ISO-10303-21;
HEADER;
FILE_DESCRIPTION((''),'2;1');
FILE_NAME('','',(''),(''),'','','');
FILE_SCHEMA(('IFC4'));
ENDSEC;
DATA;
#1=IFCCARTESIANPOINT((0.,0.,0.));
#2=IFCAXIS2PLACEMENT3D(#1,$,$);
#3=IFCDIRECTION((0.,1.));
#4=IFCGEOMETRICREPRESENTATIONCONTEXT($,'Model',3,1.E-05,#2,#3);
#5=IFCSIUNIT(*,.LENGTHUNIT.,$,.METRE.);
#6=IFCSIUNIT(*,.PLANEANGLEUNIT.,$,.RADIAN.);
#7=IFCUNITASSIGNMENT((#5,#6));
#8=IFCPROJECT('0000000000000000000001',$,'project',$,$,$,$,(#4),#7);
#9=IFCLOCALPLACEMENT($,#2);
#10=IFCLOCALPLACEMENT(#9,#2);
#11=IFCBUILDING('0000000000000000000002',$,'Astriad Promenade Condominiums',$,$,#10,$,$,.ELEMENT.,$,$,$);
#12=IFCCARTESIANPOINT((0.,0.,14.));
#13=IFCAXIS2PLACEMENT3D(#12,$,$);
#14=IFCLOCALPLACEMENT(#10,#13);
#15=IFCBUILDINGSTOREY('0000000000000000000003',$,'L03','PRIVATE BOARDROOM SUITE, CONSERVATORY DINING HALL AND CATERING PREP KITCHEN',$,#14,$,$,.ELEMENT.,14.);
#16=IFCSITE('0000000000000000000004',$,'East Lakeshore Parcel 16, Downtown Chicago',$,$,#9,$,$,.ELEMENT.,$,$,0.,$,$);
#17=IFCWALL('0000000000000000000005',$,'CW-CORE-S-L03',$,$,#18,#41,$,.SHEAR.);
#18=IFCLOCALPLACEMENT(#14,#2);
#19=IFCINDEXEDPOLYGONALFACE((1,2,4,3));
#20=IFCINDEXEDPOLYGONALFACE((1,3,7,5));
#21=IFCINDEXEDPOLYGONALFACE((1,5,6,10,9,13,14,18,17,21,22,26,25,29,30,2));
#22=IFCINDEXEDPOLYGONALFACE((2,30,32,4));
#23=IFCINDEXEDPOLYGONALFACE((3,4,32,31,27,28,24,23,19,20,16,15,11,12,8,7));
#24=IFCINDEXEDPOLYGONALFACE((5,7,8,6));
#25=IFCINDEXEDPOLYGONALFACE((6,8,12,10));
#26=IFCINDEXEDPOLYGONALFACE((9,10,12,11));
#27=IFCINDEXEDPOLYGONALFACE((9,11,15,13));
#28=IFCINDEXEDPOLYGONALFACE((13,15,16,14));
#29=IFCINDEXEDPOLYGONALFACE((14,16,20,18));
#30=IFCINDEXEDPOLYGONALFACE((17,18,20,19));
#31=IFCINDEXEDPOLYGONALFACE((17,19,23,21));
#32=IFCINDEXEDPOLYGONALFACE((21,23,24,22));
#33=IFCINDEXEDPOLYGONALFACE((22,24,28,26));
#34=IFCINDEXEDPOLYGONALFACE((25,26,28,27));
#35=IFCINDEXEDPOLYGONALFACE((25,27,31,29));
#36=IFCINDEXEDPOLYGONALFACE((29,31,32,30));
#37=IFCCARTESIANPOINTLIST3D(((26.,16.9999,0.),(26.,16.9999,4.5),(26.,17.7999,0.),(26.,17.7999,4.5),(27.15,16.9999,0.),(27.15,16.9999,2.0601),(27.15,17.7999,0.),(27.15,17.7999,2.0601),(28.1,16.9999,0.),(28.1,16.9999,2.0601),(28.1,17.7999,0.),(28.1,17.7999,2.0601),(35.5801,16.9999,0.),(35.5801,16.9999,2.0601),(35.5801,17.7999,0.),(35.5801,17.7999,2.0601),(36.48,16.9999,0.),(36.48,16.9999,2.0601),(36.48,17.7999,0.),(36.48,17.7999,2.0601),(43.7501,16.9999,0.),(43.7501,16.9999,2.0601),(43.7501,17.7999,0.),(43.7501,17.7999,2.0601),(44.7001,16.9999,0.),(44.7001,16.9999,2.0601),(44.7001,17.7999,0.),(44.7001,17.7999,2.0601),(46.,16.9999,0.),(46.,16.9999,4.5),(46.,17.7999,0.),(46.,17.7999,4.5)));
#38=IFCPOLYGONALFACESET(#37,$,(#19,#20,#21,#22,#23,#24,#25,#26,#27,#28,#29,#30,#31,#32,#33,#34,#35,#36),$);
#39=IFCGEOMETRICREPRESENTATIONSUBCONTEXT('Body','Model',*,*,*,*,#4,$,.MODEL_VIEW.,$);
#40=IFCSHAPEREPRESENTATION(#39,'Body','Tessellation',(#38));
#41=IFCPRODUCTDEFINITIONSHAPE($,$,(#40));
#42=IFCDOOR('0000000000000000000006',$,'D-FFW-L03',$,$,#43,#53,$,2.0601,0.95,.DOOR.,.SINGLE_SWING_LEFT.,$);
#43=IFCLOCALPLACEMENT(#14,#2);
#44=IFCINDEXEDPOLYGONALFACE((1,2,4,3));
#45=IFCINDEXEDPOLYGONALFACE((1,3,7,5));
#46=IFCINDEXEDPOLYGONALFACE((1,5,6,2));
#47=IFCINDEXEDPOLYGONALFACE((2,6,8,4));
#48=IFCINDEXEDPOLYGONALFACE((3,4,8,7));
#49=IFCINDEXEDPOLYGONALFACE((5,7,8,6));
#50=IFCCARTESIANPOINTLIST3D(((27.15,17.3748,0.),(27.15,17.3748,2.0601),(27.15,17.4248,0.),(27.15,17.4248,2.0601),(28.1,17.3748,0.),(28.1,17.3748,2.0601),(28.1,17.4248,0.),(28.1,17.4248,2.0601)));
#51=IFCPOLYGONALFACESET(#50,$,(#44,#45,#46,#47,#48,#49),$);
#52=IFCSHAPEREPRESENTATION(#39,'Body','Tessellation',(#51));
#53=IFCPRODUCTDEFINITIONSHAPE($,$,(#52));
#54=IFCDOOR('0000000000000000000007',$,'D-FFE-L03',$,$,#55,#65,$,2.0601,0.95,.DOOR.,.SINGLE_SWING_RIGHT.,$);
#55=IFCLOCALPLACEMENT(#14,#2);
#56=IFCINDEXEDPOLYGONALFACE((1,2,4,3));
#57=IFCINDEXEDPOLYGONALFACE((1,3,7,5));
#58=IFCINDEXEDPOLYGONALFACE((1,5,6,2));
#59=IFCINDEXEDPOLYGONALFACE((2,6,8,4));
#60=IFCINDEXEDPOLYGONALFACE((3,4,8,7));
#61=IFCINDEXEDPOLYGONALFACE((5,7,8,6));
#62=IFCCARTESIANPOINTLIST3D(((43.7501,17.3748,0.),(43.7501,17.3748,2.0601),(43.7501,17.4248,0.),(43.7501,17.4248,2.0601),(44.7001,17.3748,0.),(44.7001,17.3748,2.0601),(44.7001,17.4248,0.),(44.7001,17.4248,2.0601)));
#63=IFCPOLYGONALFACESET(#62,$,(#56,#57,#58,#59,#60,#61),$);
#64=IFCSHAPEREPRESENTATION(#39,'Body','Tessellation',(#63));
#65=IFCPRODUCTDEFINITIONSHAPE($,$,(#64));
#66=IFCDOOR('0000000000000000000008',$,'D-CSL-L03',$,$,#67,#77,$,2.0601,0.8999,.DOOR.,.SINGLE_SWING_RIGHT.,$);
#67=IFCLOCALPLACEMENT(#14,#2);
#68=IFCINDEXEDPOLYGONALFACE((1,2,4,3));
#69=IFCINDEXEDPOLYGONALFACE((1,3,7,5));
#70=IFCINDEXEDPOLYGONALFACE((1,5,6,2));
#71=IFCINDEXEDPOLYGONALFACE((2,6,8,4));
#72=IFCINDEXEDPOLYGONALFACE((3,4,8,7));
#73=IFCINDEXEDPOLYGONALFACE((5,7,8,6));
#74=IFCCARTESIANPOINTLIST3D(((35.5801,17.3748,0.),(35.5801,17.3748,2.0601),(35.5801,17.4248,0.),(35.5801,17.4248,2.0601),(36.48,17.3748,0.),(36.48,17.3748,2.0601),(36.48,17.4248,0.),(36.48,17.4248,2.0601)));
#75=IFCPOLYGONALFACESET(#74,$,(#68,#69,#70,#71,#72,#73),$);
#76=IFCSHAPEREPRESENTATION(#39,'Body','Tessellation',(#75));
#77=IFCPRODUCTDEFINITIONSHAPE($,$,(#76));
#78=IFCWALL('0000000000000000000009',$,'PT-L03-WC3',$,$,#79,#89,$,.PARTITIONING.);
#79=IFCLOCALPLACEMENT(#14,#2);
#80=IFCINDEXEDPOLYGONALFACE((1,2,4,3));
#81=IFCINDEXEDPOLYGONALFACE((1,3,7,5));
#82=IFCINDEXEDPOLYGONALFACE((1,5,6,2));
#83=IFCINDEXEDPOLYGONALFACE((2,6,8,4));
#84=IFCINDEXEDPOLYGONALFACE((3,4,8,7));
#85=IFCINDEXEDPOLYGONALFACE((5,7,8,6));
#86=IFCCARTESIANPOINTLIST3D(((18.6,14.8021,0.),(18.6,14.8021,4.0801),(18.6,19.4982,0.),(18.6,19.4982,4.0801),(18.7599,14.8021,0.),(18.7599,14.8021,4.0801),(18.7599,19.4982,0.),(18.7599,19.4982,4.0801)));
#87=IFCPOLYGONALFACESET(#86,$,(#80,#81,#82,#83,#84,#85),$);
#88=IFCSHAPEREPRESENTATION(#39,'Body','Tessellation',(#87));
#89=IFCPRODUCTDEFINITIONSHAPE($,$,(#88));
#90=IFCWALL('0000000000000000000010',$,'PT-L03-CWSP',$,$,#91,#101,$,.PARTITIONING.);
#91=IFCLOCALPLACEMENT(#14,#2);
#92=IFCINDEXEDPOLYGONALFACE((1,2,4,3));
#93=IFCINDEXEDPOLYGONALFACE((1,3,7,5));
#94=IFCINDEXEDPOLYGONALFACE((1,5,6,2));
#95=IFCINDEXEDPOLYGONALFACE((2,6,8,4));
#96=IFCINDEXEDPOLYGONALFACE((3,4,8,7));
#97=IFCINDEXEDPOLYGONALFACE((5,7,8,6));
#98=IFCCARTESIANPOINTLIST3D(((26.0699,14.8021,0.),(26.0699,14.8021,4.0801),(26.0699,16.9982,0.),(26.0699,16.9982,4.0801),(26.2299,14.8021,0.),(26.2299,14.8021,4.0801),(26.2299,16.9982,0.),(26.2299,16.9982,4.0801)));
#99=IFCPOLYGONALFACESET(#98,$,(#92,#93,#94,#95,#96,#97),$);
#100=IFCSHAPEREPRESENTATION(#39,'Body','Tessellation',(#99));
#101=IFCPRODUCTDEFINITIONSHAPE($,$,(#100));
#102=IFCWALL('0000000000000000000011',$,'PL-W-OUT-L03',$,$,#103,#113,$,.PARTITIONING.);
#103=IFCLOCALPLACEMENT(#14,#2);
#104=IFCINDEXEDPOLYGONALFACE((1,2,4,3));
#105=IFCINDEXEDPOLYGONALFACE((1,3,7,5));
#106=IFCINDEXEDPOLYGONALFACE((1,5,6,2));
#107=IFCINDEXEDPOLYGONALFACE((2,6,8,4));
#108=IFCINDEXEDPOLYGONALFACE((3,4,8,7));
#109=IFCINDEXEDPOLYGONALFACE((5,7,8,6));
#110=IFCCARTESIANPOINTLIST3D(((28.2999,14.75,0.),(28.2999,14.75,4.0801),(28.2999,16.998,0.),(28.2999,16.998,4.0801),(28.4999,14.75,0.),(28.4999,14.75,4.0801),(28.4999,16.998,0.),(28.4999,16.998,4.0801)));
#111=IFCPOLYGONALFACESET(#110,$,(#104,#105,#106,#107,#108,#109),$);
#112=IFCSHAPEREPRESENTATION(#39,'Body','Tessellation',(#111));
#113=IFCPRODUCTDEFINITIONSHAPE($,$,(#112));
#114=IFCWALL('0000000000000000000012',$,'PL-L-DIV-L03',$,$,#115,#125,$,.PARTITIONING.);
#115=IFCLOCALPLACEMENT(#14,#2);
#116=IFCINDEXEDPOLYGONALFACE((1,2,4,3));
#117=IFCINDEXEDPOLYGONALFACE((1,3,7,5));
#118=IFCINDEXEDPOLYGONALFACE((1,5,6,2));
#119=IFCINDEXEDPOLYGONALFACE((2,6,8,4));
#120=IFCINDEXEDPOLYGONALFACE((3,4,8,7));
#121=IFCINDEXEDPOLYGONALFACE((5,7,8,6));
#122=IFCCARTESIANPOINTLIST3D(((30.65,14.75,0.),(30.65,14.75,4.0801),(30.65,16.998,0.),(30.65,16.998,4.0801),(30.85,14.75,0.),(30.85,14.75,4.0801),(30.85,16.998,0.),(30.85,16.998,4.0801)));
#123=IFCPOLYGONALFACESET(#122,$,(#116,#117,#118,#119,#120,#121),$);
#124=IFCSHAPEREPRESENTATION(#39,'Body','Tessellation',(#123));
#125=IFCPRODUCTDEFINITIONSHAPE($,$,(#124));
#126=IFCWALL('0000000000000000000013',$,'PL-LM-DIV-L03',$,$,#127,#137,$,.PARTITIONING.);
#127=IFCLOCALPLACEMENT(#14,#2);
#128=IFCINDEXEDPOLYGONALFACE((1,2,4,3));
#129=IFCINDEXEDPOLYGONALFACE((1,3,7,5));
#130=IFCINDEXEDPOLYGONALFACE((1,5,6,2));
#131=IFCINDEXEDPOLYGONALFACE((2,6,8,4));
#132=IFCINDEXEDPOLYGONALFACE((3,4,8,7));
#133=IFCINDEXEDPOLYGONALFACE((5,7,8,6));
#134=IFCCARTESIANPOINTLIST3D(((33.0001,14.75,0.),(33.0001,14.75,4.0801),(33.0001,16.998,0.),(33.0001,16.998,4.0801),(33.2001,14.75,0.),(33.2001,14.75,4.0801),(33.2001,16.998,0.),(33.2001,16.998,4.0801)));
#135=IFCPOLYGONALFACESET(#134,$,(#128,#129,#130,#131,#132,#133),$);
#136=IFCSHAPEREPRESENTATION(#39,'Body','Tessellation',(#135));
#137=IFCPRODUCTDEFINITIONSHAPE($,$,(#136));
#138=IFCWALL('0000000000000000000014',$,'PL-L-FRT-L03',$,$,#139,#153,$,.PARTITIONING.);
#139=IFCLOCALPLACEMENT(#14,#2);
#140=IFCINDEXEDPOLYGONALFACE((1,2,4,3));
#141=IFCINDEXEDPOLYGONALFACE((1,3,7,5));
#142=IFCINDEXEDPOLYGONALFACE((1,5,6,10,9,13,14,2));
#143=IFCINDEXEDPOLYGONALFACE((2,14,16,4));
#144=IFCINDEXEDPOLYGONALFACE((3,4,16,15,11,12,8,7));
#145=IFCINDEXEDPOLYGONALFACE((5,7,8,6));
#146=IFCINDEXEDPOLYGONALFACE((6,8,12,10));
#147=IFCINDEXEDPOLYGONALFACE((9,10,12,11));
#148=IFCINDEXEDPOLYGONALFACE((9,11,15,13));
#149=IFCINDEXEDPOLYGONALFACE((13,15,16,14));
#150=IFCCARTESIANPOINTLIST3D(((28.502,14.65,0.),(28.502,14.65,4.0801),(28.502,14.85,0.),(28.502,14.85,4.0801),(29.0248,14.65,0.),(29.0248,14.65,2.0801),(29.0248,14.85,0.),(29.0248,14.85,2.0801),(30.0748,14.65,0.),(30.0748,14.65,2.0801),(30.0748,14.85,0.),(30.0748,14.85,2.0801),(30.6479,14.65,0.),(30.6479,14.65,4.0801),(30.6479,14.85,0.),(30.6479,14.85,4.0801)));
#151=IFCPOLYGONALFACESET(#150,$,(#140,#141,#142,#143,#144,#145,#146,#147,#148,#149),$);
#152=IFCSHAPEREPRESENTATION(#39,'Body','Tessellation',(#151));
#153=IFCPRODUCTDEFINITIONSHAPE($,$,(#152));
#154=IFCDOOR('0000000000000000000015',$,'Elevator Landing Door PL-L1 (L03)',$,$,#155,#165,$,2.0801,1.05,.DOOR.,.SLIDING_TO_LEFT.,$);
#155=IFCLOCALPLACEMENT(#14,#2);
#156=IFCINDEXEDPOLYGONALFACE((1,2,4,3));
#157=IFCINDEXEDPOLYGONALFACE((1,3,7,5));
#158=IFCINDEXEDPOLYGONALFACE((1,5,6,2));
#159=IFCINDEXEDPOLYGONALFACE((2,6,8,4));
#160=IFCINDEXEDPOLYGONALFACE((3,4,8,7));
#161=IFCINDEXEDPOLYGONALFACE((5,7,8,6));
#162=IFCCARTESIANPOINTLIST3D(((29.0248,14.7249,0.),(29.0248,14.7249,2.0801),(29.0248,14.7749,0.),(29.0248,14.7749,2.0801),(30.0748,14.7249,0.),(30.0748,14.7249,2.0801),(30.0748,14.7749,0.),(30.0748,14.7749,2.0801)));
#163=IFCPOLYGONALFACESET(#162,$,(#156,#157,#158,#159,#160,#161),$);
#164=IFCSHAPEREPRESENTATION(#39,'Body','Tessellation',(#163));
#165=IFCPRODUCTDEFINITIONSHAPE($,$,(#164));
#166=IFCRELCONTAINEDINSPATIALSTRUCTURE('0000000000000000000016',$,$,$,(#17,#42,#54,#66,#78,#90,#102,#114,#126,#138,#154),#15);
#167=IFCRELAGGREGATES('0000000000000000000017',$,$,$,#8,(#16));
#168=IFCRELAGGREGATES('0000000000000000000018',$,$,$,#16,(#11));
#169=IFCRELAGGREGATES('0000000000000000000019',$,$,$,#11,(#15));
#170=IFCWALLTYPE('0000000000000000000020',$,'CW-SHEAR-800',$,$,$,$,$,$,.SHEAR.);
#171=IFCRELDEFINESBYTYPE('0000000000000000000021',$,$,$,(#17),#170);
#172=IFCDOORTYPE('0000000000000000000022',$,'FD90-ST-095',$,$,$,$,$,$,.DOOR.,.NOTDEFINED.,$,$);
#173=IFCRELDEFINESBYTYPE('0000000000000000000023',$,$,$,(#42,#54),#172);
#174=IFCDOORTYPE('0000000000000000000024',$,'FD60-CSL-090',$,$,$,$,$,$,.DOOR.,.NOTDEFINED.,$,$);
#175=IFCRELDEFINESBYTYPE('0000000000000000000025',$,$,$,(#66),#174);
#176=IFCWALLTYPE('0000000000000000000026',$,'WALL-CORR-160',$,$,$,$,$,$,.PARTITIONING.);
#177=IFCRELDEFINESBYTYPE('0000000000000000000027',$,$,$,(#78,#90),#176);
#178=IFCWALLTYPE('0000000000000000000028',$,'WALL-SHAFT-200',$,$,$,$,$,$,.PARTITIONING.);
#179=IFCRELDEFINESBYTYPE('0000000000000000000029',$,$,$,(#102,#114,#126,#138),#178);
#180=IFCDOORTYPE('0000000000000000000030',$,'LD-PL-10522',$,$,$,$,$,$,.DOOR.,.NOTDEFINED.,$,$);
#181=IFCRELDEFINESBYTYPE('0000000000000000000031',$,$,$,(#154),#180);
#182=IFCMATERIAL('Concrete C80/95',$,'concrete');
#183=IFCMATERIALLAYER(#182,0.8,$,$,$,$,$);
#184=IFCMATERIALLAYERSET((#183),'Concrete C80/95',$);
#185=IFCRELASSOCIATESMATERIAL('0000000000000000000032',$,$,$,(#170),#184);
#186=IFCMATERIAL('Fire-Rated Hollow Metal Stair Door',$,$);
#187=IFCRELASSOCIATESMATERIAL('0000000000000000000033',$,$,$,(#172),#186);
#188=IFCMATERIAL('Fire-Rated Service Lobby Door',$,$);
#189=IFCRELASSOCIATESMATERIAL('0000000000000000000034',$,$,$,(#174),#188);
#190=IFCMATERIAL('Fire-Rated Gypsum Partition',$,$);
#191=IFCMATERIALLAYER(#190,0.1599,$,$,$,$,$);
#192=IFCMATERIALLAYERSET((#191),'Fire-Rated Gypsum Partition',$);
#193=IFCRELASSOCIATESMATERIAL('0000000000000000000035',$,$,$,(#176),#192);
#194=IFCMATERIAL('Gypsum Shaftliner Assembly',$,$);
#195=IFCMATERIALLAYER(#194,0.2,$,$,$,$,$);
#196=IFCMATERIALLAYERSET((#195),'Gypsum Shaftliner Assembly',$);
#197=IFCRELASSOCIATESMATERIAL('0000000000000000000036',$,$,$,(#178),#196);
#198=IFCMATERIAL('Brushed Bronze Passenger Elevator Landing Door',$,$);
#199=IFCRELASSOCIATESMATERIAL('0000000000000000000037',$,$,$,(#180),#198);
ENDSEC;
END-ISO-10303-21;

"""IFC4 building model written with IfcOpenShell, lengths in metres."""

from ifc_helpers import new_model, si_unit, direction, frame, frame_2d, origin, place, context, subcontext, project, spatial, rectangle, extrude, source, transform, mapped, material, layer, layer_set, type_object, type_shapes, element, fill, save


model = new_model("IFC4")

# Units and contexts
model_context = context("Model", 3, precision=1e-05, world=origin(), true_north=direction((0.0, 1.0)))
body_context = subcontext(model_context, "Body", "Model", "MODEL_VIEW")
ifc_project = project(units=[si_unit("LENGTHUNIT", "METRE"), si_unit("PLANEANGLEUNIT", "RADIAN")], contexts=[model_context])

# Site, building, storey
site_placement = place(None, origin())
site = spatial("IfcSite", under=ifc_project, at=site_placement, Name="East Lakeshore Parcel 16, Downtown Chicago", CompositionType="ELEMENT", RefElevation=0.0)
building_placement = place(site_placement, origin())
building = spatial("IfcBuilding", under=site, at=building_placement, Name="Astriad Promenade Condominiums", CompositionType="ELEMENT")
storey_placement = place(building_placement, frame((0.0, 0.0, 14.0)))
storey = spatial("IfcBuildingStorey", under=building, at=storey_placement, Name="L03", Description="PRIVATE BOARDROOM SUITE, CONSERVATORY DINING HALL AND CATERING PREP KITCHEN", CompositionType="ELEMENT", Elevation=14.0)

# Wall, openings, doors
ifc_material_1 = material(Name="Concrete C80/95", Category="concrete")
ifc_layer_1 = layer(ifc_material_1, 0.8)
ifc_layer_set_1 = layer_set([ifc_layer_1], Name="Concrete C80/95")
wall_type_1 = type_object("IfcWallType", Name="CW-SHEAR-800", PredefinedType="SHEAR", material=ifc_layer_set_1)
wall_1_placement = place(storey_placement, frame((26.0, 17.3999, 0.0), z_axis=(0.0, 0.0, 1.0), x_axis=(1.0, 0.0, 0.0)))
wall_1 = element("IfcWall", 1, at=wall_1_placement, inside=storey, type_object=wall_type_1, Name="CW-CORE-S-L03", PredefinedType="SHEAR", context=body_context, shape_type="SweptSolid", body=[
    extrude(rectangle(XDim=20.0, YDim=0.8, at=frame_2d((10.0, 0.0))), origin(), (0.0, 0.0, 1.0), 4.5),
])
opening_1_placement = place(wall_1_placement, frame((1.1499, 0.0, 0.0)))
opening_1 = element("IfcOpeningElement", 2, at=opening_1_placement, cuts=wall_1, PredefinedType="OPENING", context=body_context, shape_type="SweptSolid", body=[
    extrude(rectangle(XDim=0.95, YDim=2.0601, at=frame_2d((0.4751, 1.03))), frame((0.0, 0.4099, 0.0), z_axis=(0.0, -1.0, 0.0), x_axis=(1.0, 0.0, 0.0)), (0.0, 0.0, 1.0), 0.8201),
])
opening_2_placement = place(wall_1_placement, frame((9.5801, 0.0, 0.0)))
opening_2 = element("IfcOpeningElement", 3, at=opening_2_placement, cuts=wall_1, PredefinedType="OPENING", context=body_context, shape_type="SweptSolid", body=[
    extrude(rectangle(XDim=0.8999, YDim=2.0601, at=frame_2d((0.45, 1.03))), frame((0.0, 0.4099, 0.0), z_axis=(0.0, -1.0, 0.0), x_axis=(1.0, 0.0, 0.0)), (0.0, 0.0, 1.0), 0.8201),
])
opening_3_placement = place(wall_1_placement, frame((17.75, 0.0, 0.0)))
opening_3 = element("IfcOpeningElement", 4, at=opening_3_placement, cuts=wall_1, PredefinedType="OPENING", context=body_context, shape_type="SweptSolid", body=[
    extrude(rectangle(XDim=0.95, YDim=2.0601, at=frame_2d((0.4751, 1.03))), frame((0.0, 0.4099, 0.0), z_axis=(0.0, -1.0, 0.0), x_axis=(1.0, 0.0, 0.0)), (0.0, 0.0, 1.0), 0.8201),
])
ifc_material_2 = material(Name="Fire-Rated Hollow Metal Stair Door")
door_type_1 = type_object("IfcDoorType", Name="FD90-ST-095", OperationType="NOTDEFINED", PredefinedType="DOOR", material=ifc_material_2)
shared_shape_1 = source(origin(), body_context, "Body", "SweptSolid", [
    extrude(rectangle(XDim=0.95, YDim=2.0601, at=frame_2d((0.4751, 1.03))), frame((0.0, 0.0249, 0.0), z_axis=(0.0, -1.0, 0.0), x_axis=(1.0, 0.0, 0.0)), (0.0, 0.0, 1.0), 0.05),
])
type_shapes(door_type_1, [shared_shape_1])
door_1_placement = place(opening_1_placement, origin())
door_1 = element("IfcDoor", 5, at=door_1_placement, inside=storey, type_object=door_type_1, Name="D-FFW-L03", OperationType="SINGLE_SWING_LEFT", OverallHeight=2.0601, OverallWidth=0.95, PredefinedType="DOOR", context=body_context, shape_type="MappedRepresentation", body=[
    mapped(shared_shape_1, transform((0.0, 0.0, 0.0), scale=1.0)),
])
fill(opening_1, door_1)
door_2_placement = place(opening_3_placement, origin())
door_2 = element("IfcDoor", 6, at=door_2_placement, inside=storey, type_object=door_type_1, Name="D-FFE-L03", OperationType="SINGLE_SWING_RIGHT", OverallHeight=2.0601, OverallWidth=0.95, PredefinedType="DOOR", context=body_context, shape_type="MappedRepresentation", body=[
    mapped(shared_shape_1, transform((0.0, 0.0, 0.0), scale=1.0)),
])
fill(opening_3, door_2)
ifc_material_3 = material(Name="Fire-Rated Service Lobby Door")
door_type_2 = type_object("IfcDoorType", Name="FD60-CSL-090", OperationType="NOTDEFINED", PredefinedType="DOOR", material=ifc_material_3)
shared_shape_2 = source(origin(), body_context, "Body", "SweptSolid", [
    extrude(rectangle(XDim=0.8999, YDim=2.0601, at=frame_2d((0.45, 1.03))), frame((0.0, 0.0249, 0.0), z_axis=(0.0, -1.0, 0.0), x_axis=(1.0, 0.0, 0.0)), (0.0, 0.0, 1.0), 0.05),
])
type_shapes(door_type_2, [shared_shape_2])
door_3_placement = place(opening_2_placement, origin())
door_3 = element("IfcDoor", 7, at=door_3_placement, inside=storey, type_object=door_type_2, Name="D-CSL-L03", OperationType="SINGLE_SWING_RIGHT", OverallHeight=2.0601, OverallWidth=0.8999, PredefinedType="DOOR", context=body_context, shape_type="MappedRepresentation", body=[
    mapped(shared_shape_2, transform((0.0, 0.0, 0.0), scale=1.0)),
])
fill(opening_2, door_3)

# Walls
ifc_material_4 = material(Name="Fire-Rated Gypsum Partition")
ifc_layer_2 = layer(ifc_material_4, 0.1599)
ifc_layer_set_2 = layer_set([ifc_layer_2], Name="Fire-Rated Gypsum Partition")
wall_type_2 = type_object("IfcWallType", Name="WALL-CORR-160", PredefinedType="PARTITIONING", material=ifc_layer_set_2)
wall_2_placement = place(storey_placement, frame((18.6799, 14.802, 0.0), z_axis=(0.0, 0.0, 1.0), x_axis=(0.0, 1.0, 0.0)))
element("IfcWall", 8, at=wall_2_placement, inside=storey, type_object=wall_type_2, Name="PT-L03-WC3", PredefinedType="PARTITIONING", context=body_context, shape_type="SweptSolid", body=[
    extrude(rectangle(XDim=4.696, YDim=0.1599, at=frame_2d((2.3481, 0.0))), origin(), (0.0, 0.0, 1.0), 4.0801),
])
wall_3_placement = place(storey_placement, frame((26.1499, 14.802, 0.0), z_axis=(0.0, 0.0, 1.0), x_axis=(0.0, 1.0, 0.0)))
element("IfcWall", 9, at=wall_3_placement, inside=storey, type_object=wall_type_2, Name="PT-L03-CWSP", PredefinedType="PARTITIONING", context=body_context, shape_type="SweptSolid", body=[
    extrude(rectangle(XDim=2.196, YDim=0.1599, at=frame_2d((1.0981, 0.0))), origin(), (0.0, 0.0, 1.0), 4.0801),
])
ifc_material_5 = material(Name="Gypsum Shaftliner Assembly")
ifc_layer_3 = layer(ifc_material_5, 0.2)
ifc_layer_set_3 = layer_set([ifc_layer_3], Name="Gypsum Shaftliner Assembly")
wall_type_3 = type_object("IfcWallType", Name="WALL-SHAFT-200", PredefinedType="PARTITIONING", material=ifc_layer_set_3)
for number, where, z_axis, x_axis, name in (
    (10, (28.3999, 14.75, 0.0), (0.0, 0.0, 1.0), (0.0, 1.0, 0.0), "PL-W-OUT-L03"),
    (11, (30.75, 14.75, 0.0), (0.0, 0.0, 1.0), (0.0, 1.0, 0.0), "PL-L-DIV-L03"),
    (12, (33.1001, 14.75, 0.0), (0.0, 0.0, 1.0), (0.0, 1.0, 0.0), "PL-LM-DIV-L03"),
):
    element("IfcWall", number, at=place(storey_placement, frame(where, z_axis=z_axis, x_axis=x_axis)), inside=storey, type_object=wall_type_3, Name=name, PredefinedType="PARTITIONING", context=body_context, shape_type="SweptSolid", body=[
        extrude(rectangle(XDim=2.248, YDim=0.2, at=frame_2d((1.124, 0.0))), origin(), (0.0, 0.0, 1.0), 4.0801),
    ])

# Wall, opening, door
wall_4_placement = place(storey_placement, frame((28.502, 14.75, 0.0), z_axis=(0.0, 0.0, 1.0), x_axis=(1.0, 0.0, 0.0)))
wall_4 = element("IfcWall", 13, at=wall_4_placement, inside=storey, type_object=wall_type_3, Name="PL-L-FRT-L03", PredefinedType="PARTITIONING", context=body_context, shape_type="SweptSolid", body=[
    extrude(rectangle(XDim=2.146, YDim=0.2, at=frame_2d((1.073, 0.0))), origin(), (0.0, 0.0, 1.0), 4.0801),
])
opening_4_placement = place(wall_4_placement, frame((0.5229, 0.0, 0.0)))
opening_4 = element("IfcOpeningElement", 14, at=opening_4_placement, cuts=wall_4, PredefinedType="OPENING", context=body_context, shape_type="SweptSolid", body=[
    extrude(rectangle(XDim=1.05, YDim=2.0801, at=frame_2d((0.5249, 1.04))), frame((0.0, 0.1099, 0.0), z_axis=(0.0, -1.0, 0.0), x_axis=(1.0, 0.0, 0.0)), (0.0, 0.0, 1.0), 0.22),
])
ifc_material_6 = material(Name="Brushed Bronze Passenger Elevator Landing Door")
door_type_3 = type_object("IfcDoorType", Name="LD-PL-10522", OperationType="NOTDEFINED", PredefinedType="DOOR", material=ifc_material_6)
shared_shape_3 = source(origin(), body_context, "Body", "SweptSolid", [
    extrude(rectangle(XDim=1.05, YDim=2.0801, at=frame_2d((0.5249, 1.04))), frame((0.0, 0.0249, 0.0), z_axis=(0.0, -1.0, 0.0), x_axis=(1.0, 0.0, 0.0)), (0.0, 0.0, 1.0), 0.05),
])
type_shapes(door_type_3, [shared_shape_3])
door_4_placement = place(opening_4_placement, origin())
door_4 = element("IfcDoor", 15, at=door_4_placement, inside=storey, type_object=door_type_3, Name="Elevator Landing Door PL-L1 (L03)", OperationType="SLIDING_TO_LEFT", OverallHeight=2.0801, OverallWidth=1.05, PredefinedType="DOOR", context=body_context, shape_type="MappedRepresentation", body=[
    mapped(shared_shape_3, transform((0.0, 0.0, 0.0), scale=1.0)),
])
fill(opening_4, door_4)

save(model, "model.ifc")
